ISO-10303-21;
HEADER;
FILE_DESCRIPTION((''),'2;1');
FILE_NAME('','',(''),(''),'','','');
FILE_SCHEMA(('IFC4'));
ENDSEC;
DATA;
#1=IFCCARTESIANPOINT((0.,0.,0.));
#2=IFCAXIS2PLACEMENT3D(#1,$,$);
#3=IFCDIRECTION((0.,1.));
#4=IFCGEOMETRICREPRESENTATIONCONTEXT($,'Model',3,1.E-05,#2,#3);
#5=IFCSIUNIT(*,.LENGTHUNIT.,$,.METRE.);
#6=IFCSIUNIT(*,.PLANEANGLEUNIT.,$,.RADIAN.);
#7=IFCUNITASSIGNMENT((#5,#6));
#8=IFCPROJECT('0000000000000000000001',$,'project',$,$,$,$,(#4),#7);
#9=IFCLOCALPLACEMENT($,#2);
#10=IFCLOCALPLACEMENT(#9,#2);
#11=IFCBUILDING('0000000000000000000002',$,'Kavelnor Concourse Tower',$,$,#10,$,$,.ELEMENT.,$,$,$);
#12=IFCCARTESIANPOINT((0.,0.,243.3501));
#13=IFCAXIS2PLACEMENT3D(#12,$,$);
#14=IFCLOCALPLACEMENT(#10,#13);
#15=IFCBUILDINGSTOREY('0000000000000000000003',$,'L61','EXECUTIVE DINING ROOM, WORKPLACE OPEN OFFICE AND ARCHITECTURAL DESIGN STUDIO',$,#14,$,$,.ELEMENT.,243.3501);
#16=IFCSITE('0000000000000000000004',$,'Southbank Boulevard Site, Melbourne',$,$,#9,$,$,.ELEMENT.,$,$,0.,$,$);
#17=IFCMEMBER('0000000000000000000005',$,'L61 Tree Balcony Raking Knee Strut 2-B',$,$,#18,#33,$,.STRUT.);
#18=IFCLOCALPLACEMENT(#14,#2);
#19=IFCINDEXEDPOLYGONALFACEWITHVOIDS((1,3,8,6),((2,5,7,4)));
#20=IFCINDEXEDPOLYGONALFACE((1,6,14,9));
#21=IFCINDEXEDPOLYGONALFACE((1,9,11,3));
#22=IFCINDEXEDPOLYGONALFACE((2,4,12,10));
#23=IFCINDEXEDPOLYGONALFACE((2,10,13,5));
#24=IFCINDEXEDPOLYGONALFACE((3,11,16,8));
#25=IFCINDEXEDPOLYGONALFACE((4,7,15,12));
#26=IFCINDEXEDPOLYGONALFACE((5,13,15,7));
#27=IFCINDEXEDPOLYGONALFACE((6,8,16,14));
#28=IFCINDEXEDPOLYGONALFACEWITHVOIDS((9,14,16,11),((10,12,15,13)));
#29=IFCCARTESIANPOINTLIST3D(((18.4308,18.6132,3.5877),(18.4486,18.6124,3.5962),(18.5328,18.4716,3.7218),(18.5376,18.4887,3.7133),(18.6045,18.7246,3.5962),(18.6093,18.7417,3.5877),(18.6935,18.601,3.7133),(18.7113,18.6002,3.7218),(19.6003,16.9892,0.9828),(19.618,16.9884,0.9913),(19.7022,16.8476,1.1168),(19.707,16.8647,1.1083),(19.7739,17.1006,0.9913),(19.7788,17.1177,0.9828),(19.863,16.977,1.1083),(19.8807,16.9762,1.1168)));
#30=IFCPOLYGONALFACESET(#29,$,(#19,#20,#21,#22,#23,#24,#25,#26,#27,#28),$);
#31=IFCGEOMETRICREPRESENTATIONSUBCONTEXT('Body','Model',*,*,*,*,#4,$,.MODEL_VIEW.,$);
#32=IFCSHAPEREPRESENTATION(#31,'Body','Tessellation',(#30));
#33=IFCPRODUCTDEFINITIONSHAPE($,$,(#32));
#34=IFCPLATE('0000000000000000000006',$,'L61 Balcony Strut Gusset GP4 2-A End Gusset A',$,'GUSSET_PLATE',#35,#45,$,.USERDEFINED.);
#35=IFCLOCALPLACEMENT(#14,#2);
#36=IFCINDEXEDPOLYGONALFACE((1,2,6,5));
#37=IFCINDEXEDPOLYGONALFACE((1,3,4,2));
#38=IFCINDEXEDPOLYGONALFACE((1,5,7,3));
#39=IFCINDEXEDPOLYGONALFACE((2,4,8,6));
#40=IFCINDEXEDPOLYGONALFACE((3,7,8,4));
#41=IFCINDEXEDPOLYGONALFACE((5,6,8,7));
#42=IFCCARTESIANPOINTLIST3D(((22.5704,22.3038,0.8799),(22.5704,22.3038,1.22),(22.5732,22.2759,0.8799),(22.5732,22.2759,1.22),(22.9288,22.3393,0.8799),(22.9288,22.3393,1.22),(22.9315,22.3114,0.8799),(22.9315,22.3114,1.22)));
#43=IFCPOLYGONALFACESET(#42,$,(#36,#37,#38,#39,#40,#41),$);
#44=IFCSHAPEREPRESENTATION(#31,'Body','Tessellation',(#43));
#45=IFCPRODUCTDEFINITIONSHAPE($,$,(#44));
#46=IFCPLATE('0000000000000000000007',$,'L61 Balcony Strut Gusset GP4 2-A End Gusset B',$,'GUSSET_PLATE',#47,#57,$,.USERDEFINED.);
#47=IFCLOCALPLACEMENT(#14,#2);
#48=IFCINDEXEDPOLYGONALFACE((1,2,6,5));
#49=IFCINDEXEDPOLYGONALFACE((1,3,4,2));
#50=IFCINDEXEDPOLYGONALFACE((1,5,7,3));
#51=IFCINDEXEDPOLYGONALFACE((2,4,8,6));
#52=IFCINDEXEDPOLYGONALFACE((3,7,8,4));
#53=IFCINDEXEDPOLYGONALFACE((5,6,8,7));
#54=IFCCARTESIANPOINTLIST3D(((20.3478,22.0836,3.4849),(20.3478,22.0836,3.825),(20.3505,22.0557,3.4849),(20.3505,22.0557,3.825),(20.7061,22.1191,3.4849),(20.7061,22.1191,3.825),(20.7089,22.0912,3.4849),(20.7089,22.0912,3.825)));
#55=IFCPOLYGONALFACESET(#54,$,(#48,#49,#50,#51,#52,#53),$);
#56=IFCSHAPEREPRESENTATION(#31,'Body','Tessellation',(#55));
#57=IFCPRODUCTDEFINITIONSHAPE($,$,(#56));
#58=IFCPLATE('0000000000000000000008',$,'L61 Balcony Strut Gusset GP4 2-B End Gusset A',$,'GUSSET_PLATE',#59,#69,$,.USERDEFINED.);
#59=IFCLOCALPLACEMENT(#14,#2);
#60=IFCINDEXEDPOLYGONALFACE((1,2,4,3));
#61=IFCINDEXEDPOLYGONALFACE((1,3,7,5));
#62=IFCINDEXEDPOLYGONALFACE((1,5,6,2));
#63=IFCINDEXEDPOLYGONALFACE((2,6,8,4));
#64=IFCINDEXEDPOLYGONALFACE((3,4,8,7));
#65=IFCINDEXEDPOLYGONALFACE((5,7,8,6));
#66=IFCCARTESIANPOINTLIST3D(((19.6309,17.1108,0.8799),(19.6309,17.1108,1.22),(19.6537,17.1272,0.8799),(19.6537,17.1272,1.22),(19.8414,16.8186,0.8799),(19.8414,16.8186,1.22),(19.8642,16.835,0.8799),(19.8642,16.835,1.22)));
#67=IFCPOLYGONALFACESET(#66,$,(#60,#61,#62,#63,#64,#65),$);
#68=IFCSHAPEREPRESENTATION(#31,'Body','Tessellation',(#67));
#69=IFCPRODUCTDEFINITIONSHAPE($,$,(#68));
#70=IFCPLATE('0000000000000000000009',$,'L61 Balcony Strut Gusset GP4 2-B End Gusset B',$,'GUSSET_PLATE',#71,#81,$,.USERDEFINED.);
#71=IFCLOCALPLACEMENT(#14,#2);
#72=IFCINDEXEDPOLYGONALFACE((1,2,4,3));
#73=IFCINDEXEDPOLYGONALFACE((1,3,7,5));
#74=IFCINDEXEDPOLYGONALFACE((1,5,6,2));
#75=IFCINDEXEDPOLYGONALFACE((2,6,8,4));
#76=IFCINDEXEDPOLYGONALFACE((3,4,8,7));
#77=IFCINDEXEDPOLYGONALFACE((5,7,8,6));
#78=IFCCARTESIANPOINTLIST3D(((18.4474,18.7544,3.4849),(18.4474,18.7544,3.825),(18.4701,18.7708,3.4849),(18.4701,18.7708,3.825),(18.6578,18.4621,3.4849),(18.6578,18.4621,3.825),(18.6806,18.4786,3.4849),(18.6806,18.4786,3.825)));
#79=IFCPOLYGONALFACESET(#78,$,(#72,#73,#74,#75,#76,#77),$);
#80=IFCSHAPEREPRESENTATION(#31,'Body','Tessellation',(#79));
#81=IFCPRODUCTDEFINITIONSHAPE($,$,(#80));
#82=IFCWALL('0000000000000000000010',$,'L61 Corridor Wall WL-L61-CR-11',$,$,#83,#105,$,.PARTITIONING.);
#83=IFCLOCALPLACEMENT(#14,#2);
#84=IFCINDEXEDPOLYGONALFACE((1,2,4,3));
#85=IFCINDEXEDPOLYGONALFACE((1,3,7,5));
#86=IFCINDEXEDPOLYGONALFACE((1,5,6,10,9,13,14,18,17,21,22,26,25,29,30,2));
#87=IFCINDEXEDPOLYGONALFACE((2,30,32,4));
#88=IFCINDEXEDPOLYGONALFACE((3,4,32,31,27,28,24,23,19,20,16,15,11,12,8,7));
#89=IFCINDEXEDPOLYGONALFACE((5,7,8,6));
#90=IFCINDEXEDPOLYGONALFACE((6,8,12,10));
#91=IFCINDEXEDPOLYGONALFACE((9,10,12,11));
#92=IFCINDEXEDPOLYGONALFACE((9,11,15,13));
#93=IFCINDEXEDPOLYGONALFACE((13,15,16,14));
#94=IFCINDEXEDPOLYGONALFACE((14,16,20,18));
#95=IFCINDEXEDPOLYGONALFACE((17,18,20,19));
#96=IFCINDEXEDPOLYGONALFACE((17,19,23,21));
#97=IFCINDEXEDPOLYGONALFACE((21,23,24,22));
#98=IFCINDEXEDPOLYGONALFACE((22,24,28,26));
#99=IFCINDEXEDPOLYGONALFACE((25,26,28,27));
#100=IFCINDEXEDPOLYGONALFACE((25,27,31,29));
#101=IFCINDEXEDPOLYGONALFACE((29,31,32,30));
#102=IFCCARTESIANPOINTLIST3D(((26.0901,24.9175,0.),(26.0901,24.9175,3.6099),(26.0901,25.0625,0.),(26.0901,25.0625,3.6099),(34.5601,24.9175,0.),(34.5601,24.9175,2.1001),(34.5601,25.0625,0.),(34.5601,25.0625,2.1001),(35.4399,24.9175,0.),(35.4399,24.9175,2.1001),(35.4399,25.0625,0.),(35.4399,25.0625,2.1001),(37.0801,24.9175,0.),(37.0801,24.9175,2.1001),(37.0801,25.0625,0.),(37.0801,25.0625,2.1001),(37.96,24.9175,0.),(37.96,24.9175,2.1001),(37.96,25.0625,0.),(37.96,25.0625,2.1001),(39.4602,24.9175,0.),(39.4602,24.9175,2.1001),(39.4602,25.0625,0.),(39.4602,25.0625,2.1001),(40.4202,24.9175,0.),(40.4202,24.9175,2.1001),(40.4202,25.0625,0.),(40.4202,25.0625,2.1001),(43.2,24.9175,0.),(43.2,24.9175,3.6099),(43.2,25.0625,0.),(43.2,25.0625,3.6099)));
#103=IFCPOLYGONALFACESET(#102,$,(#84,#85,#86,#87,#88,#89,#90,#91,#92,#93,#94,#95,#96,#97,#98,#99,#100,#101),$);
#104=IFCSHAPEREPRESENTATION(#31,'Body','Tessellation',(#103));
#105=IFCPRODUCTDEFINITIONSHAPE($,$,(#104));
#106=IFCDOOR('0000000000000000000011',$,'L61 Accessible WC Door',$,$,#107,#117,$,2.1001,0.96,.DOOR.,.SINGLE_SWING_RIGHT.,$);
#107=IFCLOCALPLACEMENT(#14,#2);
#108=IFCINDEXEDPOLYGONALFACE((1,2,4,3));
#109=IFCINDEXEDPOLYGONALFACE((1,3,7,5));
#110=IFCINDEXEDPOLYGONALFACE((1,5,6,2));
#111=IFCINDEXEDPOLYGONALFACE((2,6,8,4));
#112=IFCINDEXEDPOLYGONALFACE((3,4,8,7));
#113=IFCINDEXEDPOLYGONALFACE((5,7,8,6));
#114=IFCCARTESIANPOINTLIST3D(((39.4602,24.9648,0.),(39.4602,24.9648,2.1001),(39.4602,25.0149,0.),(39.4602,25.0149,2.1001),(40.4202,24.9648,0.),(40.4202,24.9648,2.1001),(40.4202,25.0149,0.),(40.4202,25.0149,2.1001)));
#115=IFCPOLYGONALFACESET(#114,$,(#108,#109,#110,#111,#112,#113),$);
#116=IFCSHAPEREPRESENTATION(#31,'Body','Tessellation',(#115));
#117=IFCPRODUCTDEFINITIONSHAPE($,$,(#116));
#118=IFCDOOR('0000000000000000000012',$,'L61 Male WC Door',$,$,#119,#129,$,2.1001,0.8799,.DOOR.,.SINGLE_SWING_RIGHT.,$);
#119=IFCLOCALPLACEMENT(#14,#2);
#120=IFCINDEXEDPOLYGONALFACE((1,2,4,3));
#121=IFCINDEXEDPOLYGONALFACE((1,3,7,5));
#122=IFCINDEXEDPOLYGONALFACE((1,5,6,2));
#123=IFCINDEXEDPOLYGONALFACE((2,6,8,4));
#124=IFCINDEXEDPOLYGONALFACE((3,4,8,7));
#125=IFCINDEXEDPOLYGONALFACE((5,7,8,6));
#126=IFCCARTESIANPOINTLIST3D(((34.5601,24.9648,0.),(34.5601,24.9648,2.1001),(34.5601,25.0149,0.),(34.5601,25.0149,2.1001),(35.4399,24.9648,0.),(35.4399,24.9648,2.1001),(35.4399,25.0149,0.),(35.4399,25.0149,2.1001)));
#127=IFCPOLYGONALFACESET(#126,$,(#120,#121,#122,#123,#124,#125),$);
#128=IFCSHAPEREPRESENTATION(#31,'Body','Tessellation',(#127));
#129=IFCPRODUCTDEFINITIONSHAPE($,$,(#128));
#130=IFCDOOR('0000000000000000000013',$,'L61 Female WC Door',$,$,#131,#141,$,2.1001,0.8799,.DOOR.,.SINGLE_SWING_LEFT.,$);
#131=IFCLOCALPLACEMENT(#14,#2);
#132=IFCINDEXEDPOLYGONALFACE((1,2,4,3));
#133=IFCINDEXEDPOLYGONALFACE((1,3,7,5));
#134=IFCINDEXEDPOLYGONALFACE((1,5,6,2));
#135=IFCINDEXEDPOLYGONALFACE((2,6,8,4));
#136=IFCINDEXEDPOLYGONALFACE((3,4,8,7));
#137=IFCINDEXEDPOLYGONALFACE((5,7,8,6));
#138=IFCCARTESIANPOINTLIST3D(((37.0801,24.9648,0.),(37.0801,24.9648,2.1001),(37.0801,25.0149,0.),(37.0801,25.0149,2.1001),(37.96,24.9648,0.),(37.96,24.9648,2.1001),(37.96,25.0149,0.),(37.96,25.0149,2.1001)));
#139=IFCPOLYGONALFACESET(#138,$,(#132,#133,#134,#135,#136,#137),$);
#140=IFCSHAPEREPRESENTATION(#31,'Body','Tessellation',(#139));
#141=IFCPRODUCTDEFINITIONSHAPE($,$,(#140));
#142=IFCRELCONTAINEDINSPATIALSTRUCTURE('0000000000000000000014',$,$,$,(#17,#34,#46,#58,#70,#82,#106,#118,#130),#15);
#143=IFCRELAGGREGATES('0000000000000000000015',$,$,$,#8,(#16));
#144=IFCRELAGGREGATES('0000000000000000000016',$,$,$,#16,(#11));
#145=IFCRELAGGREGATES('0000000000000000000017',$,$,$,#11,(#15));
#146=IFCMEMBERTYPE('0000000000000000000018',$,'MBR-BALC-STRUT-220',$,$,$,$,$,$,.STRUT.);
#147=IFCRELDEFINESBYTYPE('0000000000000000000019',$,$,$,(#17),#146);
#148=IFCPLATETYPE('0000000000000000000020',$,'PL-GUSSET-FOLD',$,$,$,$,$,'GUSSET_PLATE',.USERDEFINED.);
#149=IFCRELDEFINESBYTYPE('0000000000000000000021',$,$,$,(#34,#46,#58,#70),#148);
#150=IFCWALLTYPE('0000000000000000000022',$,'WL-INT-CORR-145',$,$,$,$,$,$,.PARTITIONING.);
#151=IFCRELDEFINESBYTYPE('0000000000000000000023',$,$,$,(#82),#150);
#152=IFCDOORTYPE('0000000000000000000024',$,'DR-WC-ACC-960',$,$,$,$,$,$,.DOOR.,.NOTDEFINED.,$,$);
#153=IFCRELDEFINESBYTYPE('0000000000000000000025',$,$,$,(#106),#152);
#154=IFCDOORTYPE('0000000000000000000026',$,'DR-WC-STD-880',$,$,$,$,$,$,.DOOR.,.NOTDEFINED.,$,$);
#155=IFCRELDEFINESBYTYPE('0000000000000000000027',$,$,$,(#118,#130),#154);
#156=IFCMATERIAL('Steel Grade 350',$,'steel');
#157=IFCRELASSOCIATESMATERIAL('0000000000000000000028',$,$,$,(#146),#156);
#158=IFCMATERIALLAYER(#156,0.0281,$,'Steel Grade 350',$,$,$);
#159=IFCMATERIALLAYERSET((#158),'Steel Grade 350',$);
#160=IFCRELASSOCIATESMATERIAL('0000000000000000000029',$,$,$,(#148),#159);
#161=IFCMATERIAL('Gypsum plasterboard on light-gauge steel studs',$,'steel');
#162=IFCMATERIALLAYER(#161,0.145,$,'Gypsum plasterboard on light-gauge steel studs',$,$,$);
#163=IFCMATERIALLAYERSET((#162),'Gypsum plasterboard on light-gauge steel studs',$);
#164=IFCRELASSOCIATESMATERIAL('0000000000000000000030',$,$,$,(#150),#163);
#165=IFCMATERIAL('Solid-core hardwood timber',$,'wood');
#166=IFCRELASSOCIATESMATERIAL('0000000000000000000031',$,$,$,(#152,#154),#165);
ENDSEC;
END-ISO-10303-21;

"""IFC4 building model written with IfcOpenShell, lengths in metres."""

from ifc_helpers import new_model, si_unit, direction, frame, frame_2d, origin, origin_2d, place, context, subcontext, project, spatial, rectangle, hollow_rectangle, extrude, material, layer, layer_set, material_profile, profile_set, type_object, element, fill, save


model = new_model("IFC4")

# Units and contexts
model_context = context("Model", 3, precision=1e-05, world=origin(), true_north=direction((0.0, 1.0)))
body_context = subcontext(model_context, "Body", "Model", "MODEL_VIEW")
ifc_project = project(units=[si_unit("LENGTHUNIT", "METRE"), si_unit("PLANEANGLEUNIT", "RADIAN")], contexts=[model_context])

# Site, building, storey
site_placement = place(None, origin())
site = spatial("IfcSite", under=ifc_project, at=site_placement, Name="Southbank Boulevard Site, Melbourne", CompositionType="ELEMENT", RefElevation=0.0)
building_placement = place(site_placement, origin())
building = spatial("IfcBuilding", under=site, at=building_placement, Name="Kavelnor Concourse Tower", CompositionType="ELEMENT")
storey_placement = place(building_placement, frame((0.0, 0.0, 243.3501)))
storey = spatial("IfcBuildingStorey", under=building, at=storey_placement, Name="L61", Description="EXECUTIVE DINING ROOM, WORKPLACE OPEN OFFICE AND ARCHITECTURAL DESIGN STUDIO", CompositionType="ELEMENT", Elevation=243.3501)

# Shared definitions
ifc_material_1 = material(Name="Steel Grade 350", Category="steel")

# Member
ifc_material_profile_1 = material_profile(ifc_material_1, hollow_rectangle(XDim=0.22, YDim=0.22, WallThickness=0.0139, at=origin_2d()), Name="SHS 220x220x14")
ifc_profile_set_1 = profile_set([ifc_material_profile_1], Name="Steel Grade 350")
member_type = type_object("IfcMemberType", Name="MBR-BALC-STRUT-220", PredefinedType="STRUT", material=ifc_profile_set_1)
member_1_placement = place(storey_placement, frame((19.7405, 16.9827, 1.0498), z_axis=(-0.355996, 0.494382, 0.793003), x_axis=(-0.811502, -0.58435, 0.0)))
element("IfcMember", 1, at=member_1_placement, inside=storey, type_object=member_type, Name="L61 Tree Balcony Raking Knee Strut 2-B", PredefinedType="STRUT", context=body_context, shape_type="SweptSolid", body=[
    extrude(hollow_rectangle(XDim=0.22, YDim=0.22, WallThickness=0.0139, at=origin_2d()), origin(), (0.0, 0.0, 1.0), 3.2849),
])

# Plates
ifc_layer_1 = layer(ifc_material_1, 0.0281, Name="Steel Grade 350")
ifc_layer_set_1 = layer_set([ifc_layer_1], Name="Steel Grade 350")
plate_type = type_object("IfcPlateType", Name="PL-GUSSET-FOLD", ElementType="GUSSET_PLATE", PredefinedType="USERDEFINED", material=ifc_layer_set_1)
for number, where, z_axis, x_axis, name in (
    (2, (22.751, 22.3076, 0.8799), (0.0, 0.0, 1.0), (-0.995125, -0.098625, 0.0), "L61 Balcony Strut Gusset GP4 2-A End Gusset A"),
    (3, (20.5283, 22.0874, 3.4849), (0.0, 0.0, 1.0), (-0.995125, -0.098625, 0.0), "L61 Balcony Strut Gusset GP4 2-A End Gusset B"),
    (4, (19.7476, 16.9729, 0.8799), (0.0, 0.0, 1.0), (-0.584391, 0.811472, 0.0), "L61 Balcony Strut Gusset GP4 2-B End Gusset A"),
    (5, (18.564, 18.6165, 3.4849), (0.0, 0.0, 1.0), (-0.584391, 0.811472, 0.0), "L61 Balcony Strut Gusset GP4 2-B End Gusset B"),
):
    element("IfcPlate", number, at=place(storey_placement, frame(where, z_axis=z_axis, x_axis=x_axis)), inside=storey, type_object=plate_type, Name=name, ObjectType="GUSSET_PLATE", PredefinedType="USERDEFINED", context=body_context, shape_type="SweptSolid", body=[
        extrude(rectangle(XDim=0.3601, YDim=0.0281, at=origin_2d()), origin(), (0.0, 0.0, 1.0), 0.3401),
    ])

# Wall, openings, doors
ifc_material_2 = material(Name="Gypsum plasterboard on light-gauge steel studs", Category="steel")
ifc_layer_2 = layer(ifc_material_2, 0.145, Name="Gypsum plasterboard on light-gauge steel studs")
ifc_layer_set_2 = layer_set([ifc_layer_2], Name="Gypsum plasterboard on light-gauge steel studs")
wall_type = type_object("IfcWallType", Name="WL-INT-CORR-145", PredefinedType="PARTITIONING", material=ifc_layer_set_2)
wall_placement = place(storey_placement, frame((26.0901, 24.99, 0.0), z_axis=(0.0, 0.0, 1.0), x_axis=(1.0, 0.0, 0.0)))
wall = element("IfcWall", 6, at=wall_placement, inside=storey, type_object=wall_type, Name="L61 Corridor Wall WL-L61-CR-11", PredefinedType="PARTITIONING", context=body_context, shape_type="SweptSolid", body=[
    extrude(rectangle(XDim=17.1099, YDim=0.145, at=frame_2d((8.5549, 0.0))), origin(), (0.0, 0.0, 1.0), 3.6099),
])
opening_1_placement = place(wall_placement, frame((8.47, 0.0, 0.0)))
opening_1 = element("IfcOpeningElement", 7, at=opening_1_placement, cuts=wall, PredefinedType="OPENING", context=body_context, shape_type="SweptSolid", body=[
    extrude(rectangle(XDim=0.8799, YDim=2.1001, at=frame_2d((0.4399, 1.05))), frame((0.0, 0.0825, 0.0), z_axis=(0.0, -1.0, 0.0), x_axis=(1.0, 0.0, 0.0)), (0.0, 0.0, 1.0), 0.165),
])
opening_2_placement = place(wall_placement, frame((10.99, 0.0, 0.0)))
opening_2 = element("IfcOpeningElement", 8, at=opening_2_placement, cuts=wall, PredefinedType="OPENING", context=body_context, shape_type="SweptSolid", body=[
    extrude(rectangle(XDim=0.8799, YDim=2.1001, at=frame_2d((0.4399, 1.05))), frame((0.0, 0.0825, 0.0), z_axis=(0.0, -1.0, 0.0), x_axis=(1.0, 0.0, 0.0)), (0.0, 0.0, 1.0), 0.165),
])
opening_3_placement = place(wall_placement, frame((13.3701, 0.0, 0.0)))
opening_3 = element("IfcOpeningElement", 9, at=opening_3_placement, cuts=wall, PredefinedType="OPENING", context=body_context, shape_type="SweptSolid", body=[
    extrude(rectangle(XDim=0.96, YDim=2.1001, at=frame_2d((0.48, 1.05))), frame((0.0, 0.0825, 0.0), z_axis=(0.0, -1.0, 0.0), x_axis=(1.0, 0.0, 0.0)), (0.0, 0.0, 1.0), 0.165),
])
ifc_material_3 = material(Name="Solid-core hardwood timber", Category="wood")
door_type_1 = type_object("IfcDoorType", Name="DR-WC-ACC-960", OperationType="NOTDEFINED", PredefinedType="DOOR", material=ifc_material_3)
door_1_placement = place(opening_3_placement, origin())
door_1 = element("IfcDoor", 10, at=door_1_placement, inside=storey, type_object=door_type_1, Name="L61 Accessible WC Door", OperationType="SINGLE_SWING_RIGHT", OverallHeight=2.1001, OverallWidth=0.96, PredefinedType="DOOR", context=body_context, shape_type="SweptSolid", body=[
    extrude(rectangle(XDim=0.96, YDim=2.1001, at=frame_2d((0.48, 1.05))), frame((0.0, 0.0249, 0.0), z_axis=(0.0, -1.0, 0.0), x_axis=(1.0, 0.0, 0.0)), (0.0, 0.0, 1.0), 0.05),
])
fill(opening_3, door_1)
door_type_2 = type_object("IfcDoorType", Name="DR-WC-STD-880", OperationType="NOTDEFINED", PredefinedType="DOOR", material=ifc_material_3)
door_2_placement = place(opening_1_placement, origin())
door_2 = element("IfcDoor", 11, at=door_2_placement, inside=storey, type_object=door_type_2, Name="L61 Male WC Door", OperationType="SINGLE_SWING_RIGHT", OverallHeight=2.1001, OverallWidth=0.8799, PredefinedType="DOOR", context=body_context, shape_type="SweptSolid", body=[
    extrude(rectangle(XDim=0.8799, YDim=2.1001, at=frame_2d((0.4399, 1.05))), frame((0.0, 0.0249, 0.0), z_axis=(0.0, -1.0, 0.0), x_axis=(1.0, 0.0, 0.0)), (0.0, 0.0, 1.0), 0.05),
])
fill(opening_1, door_2)
door_3_placement = place(opening_2_placement, origin())
door_3 = element("IfcDoor", 12, at=door_3_placement, inside=storey, type_object=door_type_2, Name="L61 Female WC Door", OperationType="SINGLE_SWING_LEFT", OverallHeight=2.1001, OverallWidth=0.8799, PredefinedType="DOOR", context=body_context, shape_type="SweptSolid", body=[
    extrude(rectangle(XDim=0.8799, YDim=2.1001, at=frame_2d((0.4399, 1.05))), frame((0.0, 0.0249, 0.0), z_axis=(0.0, -1.0, 0.0), x_axis=(1.0, 0.0, 0.0)), (0.0, 0.0, 1.0), 0.05),
])
fill(opening_2, door_3)

save(model, "model.ifc")
